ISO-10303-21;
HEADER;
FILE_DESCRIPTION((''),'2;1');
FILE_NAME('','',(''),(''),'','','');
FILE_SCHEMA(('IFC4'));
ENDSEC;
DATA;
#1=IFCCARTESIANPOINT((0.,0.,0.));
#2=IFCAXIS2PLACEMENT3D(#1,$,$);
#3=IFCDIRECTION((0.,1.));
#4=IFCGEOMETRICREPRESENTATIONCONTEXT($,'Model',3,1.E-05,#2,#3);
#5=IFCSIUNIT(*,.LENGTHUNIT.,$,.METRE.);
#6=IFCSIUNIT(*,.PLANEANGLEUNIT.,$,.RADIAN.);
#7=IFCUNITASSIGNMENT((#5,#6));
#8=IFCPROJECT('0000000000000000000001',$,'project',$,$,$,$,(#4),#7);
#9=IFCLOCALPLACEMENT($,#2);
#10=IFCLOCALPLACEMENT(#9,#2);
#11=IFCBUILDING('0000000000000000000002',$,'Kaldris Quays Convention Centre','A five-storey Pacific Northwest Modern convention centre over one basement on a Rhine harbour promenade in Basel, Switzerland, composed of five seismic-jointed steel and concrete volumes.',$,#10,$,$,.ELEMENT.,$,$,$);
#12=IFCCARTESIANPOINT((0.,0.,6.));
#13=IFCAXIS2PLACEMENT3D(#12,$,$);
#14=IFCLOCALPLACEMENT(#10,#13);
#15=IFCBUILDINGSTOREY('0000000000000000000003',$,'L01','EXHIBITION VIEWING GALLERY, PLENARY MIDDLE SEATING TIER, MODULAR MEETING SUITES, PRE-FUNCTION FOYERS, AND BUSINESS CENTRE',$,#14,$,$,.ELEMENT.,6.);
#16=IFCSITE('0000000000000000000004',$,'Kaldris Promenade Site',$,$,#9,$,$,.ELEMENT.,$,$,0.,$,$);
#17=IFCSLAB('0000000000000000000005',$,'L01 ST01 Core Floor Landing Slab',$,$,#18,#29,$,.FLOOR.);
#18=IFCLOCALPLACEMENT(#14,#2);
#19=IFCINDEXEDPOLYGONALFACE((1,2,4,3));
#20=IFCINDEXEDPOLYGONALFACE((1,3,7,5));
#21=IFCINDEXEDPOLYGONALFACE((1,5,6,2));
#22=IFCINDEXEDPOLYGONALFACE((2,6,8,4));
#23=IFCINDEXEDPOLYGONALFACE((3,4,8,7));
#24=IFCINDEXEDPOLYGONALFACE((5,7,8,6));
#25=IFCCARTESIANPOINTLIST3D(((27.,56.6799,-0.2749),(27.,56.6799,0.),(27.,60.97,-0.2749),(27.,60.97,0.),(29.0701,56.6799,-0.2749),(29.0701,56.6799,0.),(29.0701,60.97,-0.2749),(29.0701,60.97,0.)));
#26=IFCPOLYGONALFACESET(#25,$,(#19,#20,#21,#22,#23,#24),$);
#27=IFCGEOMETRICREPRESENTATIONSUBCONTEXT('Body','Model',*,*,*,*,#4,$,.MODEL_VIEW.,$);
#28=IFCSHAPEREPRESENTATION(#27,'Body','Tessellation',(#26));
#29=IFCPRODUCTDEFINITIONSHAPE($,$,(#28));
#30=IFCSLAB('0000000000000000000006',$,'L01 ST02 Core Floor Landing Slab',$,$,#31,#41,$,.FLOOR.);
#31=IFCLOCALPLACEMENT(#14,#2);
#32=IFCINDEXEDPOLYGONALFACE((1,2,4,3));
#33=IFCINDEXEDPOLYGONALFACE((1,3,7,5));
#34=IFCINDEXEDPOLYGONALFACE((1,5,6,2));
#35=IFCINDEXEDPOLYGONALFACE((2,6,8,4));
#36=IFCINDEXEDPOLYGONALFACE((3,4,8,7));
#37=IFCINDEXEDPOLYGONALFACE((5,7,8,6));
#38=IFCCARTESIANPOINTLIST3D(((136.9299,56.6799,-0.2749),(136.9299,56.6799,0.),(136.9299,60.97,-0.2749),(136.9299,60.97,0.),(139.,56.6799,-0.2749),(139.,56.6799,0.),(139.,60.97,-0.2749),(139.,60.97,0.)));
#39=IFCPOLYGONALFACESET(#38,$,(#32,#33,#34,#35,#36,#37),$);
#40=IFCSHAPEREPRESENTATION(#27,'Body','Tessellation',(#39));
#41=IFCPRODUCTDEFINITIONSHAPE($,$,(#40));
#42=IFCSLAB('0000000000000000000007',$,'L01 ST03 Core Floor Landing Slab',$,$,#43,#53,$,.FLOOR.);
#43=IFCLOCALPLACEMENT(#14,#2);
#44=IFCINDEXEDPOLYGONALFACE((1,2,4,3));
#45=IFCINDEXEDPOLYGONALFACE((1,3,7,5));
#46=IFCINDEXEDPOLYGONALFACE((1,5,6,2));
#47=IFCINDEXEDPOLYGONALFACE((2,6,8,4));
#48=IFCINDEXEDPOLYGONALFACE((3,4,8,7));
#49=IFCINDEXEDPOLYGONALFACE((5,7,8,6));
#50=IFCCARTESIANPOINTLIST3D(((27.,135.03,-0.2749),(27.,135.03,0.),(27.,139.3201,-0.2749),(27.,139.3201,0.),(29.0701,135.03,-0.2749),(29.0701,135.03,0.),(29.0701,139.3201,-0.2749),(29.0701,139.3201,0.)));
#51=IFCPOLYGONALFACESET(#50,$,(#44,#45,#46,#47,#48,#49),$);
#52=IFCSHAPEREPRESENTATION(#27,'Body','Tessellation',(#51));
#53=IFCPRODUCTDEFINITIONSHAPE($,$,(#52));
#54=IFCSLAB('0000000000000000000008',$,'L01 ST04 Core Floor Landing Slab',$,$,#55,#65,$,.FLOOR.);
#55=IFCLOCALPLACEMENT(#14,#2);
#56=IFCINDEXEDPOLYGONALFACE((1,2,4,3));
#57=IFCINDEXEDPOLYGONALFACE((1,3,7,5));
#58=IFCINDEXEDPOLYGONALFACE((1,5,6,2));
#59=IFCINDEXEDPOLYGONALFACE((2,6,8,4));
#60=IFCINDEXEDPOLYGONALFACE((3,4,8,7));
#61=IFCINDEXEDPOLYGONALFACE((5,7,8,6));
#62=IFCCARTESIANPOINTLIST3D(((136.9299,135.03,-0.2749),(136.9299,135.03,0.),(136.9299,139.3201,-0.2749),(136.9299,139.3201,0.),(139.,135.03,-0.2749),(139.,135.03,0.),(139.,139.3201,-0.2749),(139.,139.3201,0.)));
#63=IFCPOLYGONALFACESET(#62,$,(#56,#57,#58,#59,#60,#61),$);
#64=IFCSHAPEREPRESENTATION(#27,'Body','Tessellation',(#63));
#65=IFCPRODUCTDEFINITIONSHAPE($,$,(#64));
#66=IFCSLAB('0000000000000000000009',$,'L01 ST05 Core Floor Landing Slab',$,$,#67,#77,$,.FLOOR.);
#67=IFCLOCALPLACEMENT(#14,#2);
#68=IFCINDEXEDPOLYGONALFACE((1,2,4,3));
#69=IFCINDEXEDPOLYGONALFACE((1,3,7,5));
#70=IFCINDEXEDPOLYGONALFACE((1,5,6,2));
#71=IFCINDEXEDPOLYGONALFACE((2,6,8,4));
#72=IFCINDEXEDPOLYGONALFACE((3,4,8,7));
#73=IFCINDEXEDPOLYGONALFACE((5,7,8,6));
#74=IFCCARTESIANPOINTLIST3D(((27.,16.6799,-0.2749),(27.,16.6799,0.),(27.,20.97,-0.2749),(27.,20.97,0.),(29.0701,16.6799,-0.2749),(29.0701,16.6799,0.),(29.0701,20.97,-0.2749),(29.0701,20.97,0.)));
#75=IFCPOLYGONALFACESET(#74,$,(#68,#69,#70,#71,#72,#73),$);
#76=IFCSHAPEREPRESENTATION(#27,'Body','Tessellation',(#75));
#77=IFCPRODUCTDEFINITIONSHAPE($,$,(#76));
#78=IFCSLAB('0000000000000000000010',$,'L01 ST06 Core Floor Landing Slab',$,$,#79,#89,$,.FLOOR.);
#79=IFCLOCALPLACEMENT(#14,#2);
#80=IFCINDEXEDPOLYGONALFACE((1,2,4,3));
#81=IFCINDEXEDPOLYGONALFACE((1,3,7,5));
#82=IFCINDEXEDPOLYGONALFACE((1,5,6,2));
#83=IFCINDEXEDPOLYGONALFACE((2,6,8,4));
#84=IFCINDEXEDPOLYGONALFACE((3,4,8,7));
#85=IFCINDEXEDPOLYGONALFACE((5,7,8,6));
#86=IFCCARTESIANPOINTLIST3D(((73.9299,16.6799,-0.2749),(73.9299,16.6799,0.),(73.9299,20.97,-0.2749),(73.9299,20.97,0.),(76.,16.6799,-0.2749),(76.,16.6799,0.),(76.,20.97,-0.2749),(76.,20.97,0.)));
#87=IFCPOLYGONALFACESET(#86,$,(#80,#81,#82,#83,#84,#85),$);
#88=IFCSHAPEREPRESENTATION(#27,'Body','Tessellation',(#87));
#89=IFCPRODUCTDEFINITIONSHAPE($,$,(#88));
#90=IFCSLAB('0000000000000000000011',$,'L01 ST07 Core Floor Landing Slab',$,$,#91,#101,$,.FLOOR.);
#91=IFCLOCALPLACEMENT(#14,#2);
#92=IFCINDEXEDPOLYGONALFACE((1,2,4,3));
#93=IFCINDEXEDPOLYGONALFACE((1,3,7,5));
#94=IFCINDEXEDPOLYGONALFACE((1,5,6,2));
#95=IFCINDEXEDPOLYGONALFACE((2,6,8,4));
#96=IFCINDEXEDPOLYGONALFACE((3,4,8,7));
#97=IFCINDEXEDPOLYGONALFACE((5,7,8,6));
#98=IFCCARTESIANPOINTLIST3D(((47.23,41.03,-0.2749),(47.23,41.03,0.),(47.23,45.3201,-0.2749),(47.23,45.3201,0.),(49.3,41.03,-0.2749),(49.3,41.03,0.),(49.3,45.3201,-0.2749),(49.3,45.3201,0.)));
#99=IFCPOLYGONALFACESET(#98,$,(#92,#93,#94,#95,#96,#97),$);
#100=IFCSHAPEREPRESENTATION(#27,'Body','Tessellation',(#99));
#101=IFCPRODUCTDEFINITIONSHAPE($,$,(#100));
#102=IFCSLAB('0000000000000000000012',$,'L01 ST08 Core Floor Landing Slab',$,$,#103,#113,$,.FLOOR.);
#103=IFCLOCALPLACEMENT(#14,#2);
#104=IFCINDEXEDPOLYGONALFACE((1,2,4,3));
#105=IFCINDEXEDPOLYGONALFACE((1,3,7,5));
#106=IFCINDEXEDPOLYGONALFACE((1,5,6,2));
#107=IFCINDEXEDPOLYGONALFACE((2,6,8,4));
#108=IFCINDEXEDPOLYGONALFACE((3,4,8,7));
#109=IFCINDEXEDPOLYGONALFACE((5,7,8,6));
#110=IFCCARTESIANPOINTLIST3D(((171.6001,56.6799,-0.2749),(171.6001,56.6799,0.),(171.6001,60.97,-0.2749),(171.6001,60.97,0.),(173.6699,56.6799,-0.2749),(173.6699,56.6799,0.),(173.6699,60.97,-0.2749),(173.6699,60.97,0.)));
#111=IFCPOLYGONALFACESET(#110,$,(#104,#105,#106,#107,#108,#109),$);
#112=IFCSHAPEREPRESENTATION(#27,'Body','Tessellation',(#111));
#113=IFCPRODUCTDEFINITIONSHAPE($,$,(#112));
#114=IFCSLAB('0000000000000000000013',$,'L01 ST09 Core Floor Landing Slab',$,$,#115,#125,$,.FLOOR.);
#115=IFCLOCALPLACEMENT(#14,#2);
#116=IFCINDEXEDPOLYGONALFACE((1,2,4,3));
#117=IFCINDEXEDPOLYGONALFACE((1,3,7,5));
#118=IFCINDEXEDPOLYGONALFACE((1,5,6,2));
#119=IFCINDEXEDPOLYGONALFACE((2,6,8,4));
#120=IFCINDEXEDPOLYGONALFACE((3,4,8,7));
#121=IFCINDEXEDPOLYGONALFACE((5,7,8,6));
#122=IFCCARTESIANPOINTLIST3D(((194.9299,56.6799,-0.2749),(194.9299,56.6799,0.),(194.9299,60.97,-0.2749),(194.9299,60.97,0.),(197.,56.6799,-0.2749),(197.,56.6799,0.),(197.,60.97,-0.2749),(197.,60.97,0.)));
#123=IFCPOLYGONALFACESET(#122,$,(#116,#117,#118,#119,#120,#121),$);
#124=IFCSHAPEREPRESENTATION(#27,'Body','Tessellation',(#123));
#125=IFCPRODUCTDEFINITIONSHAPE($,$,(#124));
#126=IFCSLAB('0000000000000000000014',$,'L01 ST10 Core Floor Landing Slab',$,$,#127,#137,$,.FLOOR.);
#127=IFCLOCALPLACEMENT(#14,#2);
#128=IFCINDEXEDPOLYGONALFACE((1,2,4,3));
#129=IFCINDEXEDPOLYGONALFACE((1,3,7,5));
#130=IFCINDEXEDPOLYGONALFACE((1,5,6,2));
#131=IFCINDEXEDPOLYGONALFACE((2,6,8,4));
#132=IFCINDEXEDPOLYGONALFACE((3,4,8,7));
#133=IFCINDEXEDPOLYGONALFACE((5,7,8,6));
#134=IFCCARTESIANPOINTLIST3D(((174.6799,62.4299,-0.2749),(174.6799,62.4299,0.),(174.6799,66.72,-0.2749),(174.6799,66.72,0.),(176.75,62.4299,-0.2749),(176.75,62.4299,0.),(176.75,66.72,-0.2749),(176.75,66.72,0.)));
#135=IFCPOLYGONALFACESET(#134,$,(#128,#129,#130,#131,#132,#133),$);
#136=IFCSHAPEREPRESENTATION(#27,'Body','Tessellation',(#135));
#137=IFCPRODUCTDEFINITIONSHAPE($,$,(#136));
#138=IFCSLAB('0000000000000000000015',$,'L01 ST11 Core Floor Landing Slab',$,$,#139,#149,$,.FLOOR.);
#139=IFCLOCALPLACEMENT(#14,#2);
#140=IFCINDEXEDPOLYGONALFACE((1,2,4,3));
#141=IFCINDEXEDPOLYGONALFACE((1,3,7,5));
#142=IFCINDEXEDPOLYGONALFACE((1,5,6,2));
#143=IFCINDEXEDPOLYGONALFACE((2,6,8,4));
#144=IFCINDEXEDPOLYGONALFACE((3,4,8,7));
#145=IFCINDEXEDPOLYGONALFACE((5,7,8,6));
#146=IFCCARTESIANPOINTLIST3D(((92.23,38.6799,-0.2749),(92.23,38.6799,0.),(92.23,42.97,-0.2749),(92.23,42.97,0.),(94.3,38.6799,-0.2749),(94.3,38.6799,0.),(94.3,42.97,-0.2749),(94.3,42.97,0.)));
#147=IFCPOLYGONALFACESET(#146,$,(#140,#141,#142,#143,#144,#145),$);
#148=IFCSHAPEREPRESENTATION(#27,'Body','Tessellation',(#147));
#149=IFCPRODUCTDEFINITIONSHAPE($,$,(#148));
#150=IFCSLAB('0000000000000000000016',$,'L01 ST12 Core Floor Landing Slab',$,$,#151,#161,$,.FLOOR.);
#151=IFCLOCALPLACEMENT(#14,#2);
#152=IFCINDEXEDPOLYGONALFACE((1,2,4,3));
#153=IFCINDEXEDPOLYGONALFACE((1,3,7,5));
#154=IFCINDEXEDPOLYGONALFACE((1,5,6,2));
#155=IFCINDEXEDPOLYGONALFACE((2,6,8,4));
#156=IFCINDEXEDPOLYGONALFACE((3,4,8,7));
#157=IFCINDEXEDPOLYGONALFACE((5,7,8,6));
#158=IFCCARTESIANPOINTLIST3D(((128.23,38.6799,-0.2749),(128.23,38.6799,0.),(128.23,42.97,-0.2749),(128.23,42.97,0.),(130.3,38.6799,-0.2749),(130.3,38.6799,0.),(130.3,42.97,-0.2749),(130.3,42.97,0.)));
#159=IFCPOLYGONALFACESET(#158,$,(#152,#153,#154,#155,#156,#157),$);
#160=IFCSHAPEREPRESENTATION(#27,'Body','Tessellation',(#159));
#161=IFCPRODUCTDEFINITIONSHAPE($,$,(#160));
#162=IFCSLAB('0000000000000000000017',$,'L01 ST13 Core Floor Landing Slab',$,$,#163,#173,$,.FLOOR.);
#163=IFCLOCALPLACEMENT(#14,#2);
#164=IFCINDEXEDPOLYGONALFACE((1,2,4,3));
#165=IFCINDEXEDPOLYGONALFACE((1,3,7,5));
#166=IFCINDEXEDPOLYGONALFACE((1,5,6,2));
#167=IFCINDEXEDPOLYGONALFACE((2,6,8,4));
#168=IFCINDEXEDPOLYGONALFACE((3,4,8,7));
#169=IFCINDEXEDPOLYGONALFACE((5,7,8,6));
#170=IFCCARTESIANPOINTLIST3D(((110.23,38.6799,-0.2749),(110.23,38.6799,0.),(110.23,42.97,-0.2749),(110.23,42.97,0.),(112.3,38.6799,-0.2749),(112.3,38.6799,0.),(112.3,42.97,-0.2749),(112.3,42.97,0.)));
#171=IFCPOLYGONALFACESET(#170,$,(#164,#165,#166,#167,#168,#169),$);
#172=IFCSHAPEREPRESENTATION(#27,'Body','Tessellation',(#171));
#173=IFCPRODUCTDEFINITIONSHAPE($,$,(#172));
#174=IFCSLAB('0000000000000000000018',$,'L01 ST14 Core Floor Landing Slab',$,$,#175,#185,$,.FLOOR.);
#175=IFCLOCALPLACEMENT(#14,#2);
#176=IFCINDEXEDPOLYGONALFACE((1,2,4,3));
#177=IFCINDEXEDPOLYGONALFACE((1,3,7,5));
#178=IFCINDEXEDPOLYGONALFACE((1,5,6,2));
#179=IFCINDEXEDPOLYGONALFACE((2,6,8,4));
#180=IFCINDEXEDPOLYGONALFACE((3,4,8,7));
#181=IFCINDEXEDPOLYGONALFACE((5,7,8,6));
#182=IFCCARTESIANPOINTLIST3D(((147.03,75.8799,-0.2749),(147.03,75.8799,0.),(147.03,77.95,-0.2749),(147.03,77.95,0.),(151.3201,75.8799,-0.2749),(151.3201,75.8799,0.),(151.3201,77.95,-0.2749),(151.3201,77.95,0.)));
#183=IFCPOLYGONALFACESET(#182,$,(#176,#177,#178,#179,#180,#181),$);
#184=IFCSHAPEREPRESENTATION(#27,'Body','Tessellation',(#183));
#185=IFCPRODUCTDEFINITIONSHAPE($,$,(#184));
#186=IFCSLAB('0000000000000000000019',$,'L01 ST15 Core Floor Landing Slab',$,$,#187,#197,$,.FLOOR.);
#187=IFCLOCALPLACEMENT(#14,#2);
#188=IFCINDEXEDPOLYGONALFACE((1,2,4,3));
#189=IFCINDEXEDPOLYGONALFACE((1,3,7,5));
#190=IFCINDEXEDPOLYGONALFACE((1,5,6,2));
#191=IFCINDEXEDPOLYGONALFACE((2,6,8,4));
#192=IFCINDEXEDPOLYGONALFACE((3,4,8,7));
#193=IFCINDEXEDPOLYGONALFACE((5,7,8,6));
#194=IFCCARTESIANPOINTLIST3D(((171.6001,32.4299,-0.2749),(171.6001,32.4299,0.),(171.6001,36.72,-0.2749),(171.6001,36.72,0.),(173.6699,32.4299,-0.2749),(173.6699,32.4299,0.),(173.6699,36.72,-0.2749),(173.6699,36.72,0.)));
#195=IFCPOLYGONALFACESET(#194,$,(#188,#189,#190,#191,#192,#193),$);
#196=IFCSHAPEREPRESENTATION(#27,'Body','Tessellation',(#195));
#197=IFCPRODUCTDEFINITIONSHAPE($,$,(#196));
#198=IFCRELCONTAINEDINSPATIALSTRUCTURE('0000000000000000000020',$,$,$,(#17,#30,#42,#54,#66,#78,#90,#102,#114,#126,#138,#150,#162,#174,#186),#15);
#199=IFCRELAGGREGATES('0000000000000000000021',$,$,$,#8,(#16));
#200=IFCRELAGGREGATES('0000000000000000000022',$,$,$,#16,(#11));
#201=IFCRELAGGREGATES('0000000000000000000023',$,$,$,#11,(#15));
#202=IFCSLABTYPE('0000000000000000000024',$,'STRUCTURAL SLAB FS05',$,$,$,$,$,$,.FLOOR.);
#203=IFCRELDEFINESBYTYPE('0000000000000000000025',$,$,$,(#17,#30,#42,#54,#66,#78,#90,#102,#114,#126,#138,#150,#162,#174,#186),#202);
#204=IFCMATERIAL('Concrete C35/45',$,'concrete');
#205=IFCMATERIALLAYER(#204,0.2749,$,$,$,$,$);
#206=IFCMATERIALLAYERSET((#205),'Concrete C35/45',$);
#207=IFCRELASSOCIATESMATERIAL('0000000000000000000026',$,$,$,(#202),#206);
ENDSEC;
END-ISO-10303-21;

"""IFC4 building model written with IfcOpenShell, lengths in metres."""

from ifc_helpers import new_model, si_unit, direction, frame, origin, place, context, subcontext, project, spatial, polyline, outline, extrude, material, layer, layer_set, type_object, element, save


model = new_model("IFC4")

# Units and contexts
model_context = context("Model", 3, precision=1e-05, world=origin(), true_north=direction((0.0, 1.0)))
body_context = subcontext(model_context, "Body", "Model", "MODEL_VIEW")
ifc_project = project(units=[si_unit("LENGTHUNIT", "METRE"), si_unit("PLANEANGLEUNIT", "RADIAN")], contexts=[model_context])

# Site, building, storey
site_placement = place(None, origin())
site = spatial("IfcSite", under=ifc_project, at=site_placement, Name="Kaldris Promenade Site", CompositionType="ELEMENT", RefElevation=0.0)
building_placement = place(site_placement, origin())
building = spatial("IfcBuilding", under=site, at=building_placement, Name="Kaldris Quays Convention Centre", Description="A five-storey Pacific Northwest Modern convention centre over one basement on a Rhine harbour promenade in Basel, Switzerland, composed of five seismic-jointed steel and concrete volumes.", CompositionType="ELEMENT")
storey_placement = place(building_placement, frame((0.0, 0.0, 6.0)))
storey = spatial("IfcBuildingStorey", under=building, at=storey_placement, Name="L01", Description="EXHIBITION VIEWING GALLERY, PLENARY MIDDLE SEATING TIER, MODULAR MEETING SUITES, PRE-FUNCTION FOYERS, AND BUSINESS CENTRE", CompositionType="ELEMENT", Elevation=6.0)

# Slabs
ifc_material = material(Name="Concrete C35/45", Category="concrete")
ifc_layer_1 = layer(ifc_material, 0.2749)
ifc_layer_set_1 = layer_set([ifc_layer_1], Name="Concrete C35/45")
slab_type_1 = type_object("IfcSlabType", Name="STRUCTURAL SLAB FS05", PredefinedType="FLOOR", material=ifc_layer_set_1)
slab_1_placement = place(storey_placement, frame((0.0, 0.0, -0.2749)))
element("IfcSlab", 1, at=slab_1_placement, inside=storey, type_object=slab_type_1, Name="L01 ST01 Core Floor Landing Slab", PredefinedType="FLOOR", context=body_context, shape_type="SweptSolid", body=[
    extrude(outline(polyline([(29.0701, 60.97), (27.0, 60.97), (27.0, 56.6799), (29.0701, 56.6799), (29.0701, 60.97)])), origin(), (0.0, 0.0, 1.0), 0.2749),
])
slab_2_placement = place(storey_placement, frame((0.0, 0.0, -0.2749)))
element("IfcSlab", 2, at=slab_2_placement, inside=storey, type_object=slab_type_1, Name="L01 ST02 Core Floor Landing Slab", PredefinedType="FLOOR", context=body_context, shape_type="SweptSolid", body=[
    extrude(outline(polyline([(136.9299, 56.6799), (139.0, 56.6799), (139.0, 60.97), (136.9299, 60.97), (136.9299, 56.6799)])), origin(), (0.0, 0.0, 1.0), 0.2749),
])
slab_3_placement = place(storey_placement, frame((0.0, 0.0, -0.2749)))
element("IfcSlab", 3, at=slab_3_placement, inside=storey, type_object=slab_type_1, Name="L01 ST03 Core Floor Landing Slab", PredefinedType="FLOOR", context=body_context, shape_type="SweptSolid", body=[
    extrude(outline(polyline([(29.0701, 139.3201), (27.0, 139.3201), (27.0, 135.03), (29.0701, 135.03), (29.0701, 139.3201)])), origin(), (0.0, 0.0, 1.0), 0.2749),
])
slab_4_placement = place(storey_placement, frame((0.0, 0.0, -0.2749)))
element("IfcSlab", 4, at=slab_4_placement, inside=storey, type_object=slab_type_1, Name="L01 ST04 Core Floor Landing Slab", PredefinedType="FLOOR", context=body_context, shape_type="SweptSolid", body=[
    extrude(outline(polyline([(136.9299, 135.03), (139.0, 135.03), (139.0, 139.3201), (136.9299, 139.3201), (136.9299, 135.03)])), origin(), (0.0, 0.0, 1.0), 0.2749),
])
slab_5_placement = place(storey_placement, frame((0.0, 0.0, -0.2749)))
element("IfcSlab", 5, at=slab_5_placement, inside=storey, type_object=slab_type_1, Name="L01 ST05 Core Floor Landing Slab", PredefinedType="FLOOR", context=body_context, shape_type="SweptSolid", body=[
    extrude(outline(polyline([(29.0701, 20.97), (27.0, 20.97), (27.0, 16.6799), (29.0701, 16.6799), (29.0701, 20.97)])), origin(), (0.0, 0.0, 1.0), 0.2749),
])
slab_6_placement = place(storey_placement, frame((0.0, 0.0, -0.2749)))
element("IfcSlab", 6, at=slab_6_placement, inside=storey, type_object=slab_type_1, Name="L01 ST06 Core Floor Landing Slab", PredefinedType="FLOOR", context=body_context, shape_type="SweptSolid", body=[
    extrude(outline(polyline([(73.9299, 16.6799), (76.0, 16.6799), (76.0, 20.97), (73.9299, 20.97), (73.9299, 16.6799)])), origin(), (0.0, 0.0, 1.0), 0.2749),
])
slab_7_placement = place(storey_placement, frame((0.0, 0.0, -0.2749)))
element("IfcSlab", 7, at=slab_7_placement, inside=storey, type_object=slab_type_1, Name="L01 ST07 Core Floor Landing Slab", PredefinedType="FLOOR", context=body_context, shape_type="SweptSolid", body=[
    extrude(outline(polyline([(47.23, 41.03), (49.3, 41.03), (49.3, 45.3201), (47.23, 45.3201), (47.23, 41.03)])), origin(), (0.0, 0.0, 1.0), 0.2749),
])
slab_8_placement = place(storey_placement, frame((0.0, 0.0, -0.2749)))
element("IfcSlab", 8, at=slab_8_placement, inside=storey, type_object=slab_type_1, Name="L01 ST08 Core Floor Landing Slab", PredefinedType="FLOOR", context=body_context, shape_type="SweptSolid", body=[
    extrude(outline(polyline([(173.6699, 60.97), (171.6001, 60.97), (171.6001, 56.6799), (173.6699, 56.6799), (173.6699, 60.97)])), origin(), (0.0, 0.0, 1.0), 0.2749),
])
slab_9_placement = place(storey_placement, frame((0.0, 0.0, -0.2749)))
element("IfcSlab", 9, at=slab_9_placement, inside=storey, type_object=slab_type_1, Name="L01 ST09 Core Floor Landing Slab", PredefinedType="FLOOR", context=body_context, shape_type="SweptSolid", body=[
    extrude(outline(polyline([(194.9299, 56.6799), (197.0, 56.6799), (197.0, 60.97), (194.9299, 60.97), (194.9299, 56.6799)])), origin(), (0.0, 0.0, 1.0), 0.2749),
])
slab_10_placement = place(storey_placement, frame((0.0, 0.0, -0.2749)))
element("IfcSlab", 10, at=slab_10_placement, inside=storey, type_object=slab_type_1, Name="L01 ST10 Core Floor Landing Slab", PredefinedType="FLOOR", context=body_context, shape_type="SweptSolid", body=[
    extrude(outline(polyline([(174.6799, 62.4299), (176.75, 62.4299), (176.75, 66.72), (174.6799, 66.72), (174.6799, 62.4299)])), origin(), (0.0, 0.0, 1.0), 0.2749),
])
slab_11_placement = place(storey_placement, frame((0.0, 0.0, -0.2749)))
element("IfcSlab", 11, at=slab_11_placement, inside=storey, type_object=slab_type_1, Name="L01 ST11 Core Floor Landing Slab", PredefinedType="FLOOR", context=body_context, shape_type="SweptSolid", body=[
    extrude(outline(polyline([(92.23, 38.6799), (94.3, 38.6799), (94.3, 42.97), (92.23, 42.97), (92.23, 38.6799)])), origin(), (0.0, 0.0, 1.0), 0.2749),
])
slab_12_placement = place(storey_placement, frame((0.0, 0.0, -0.2749)))
element("IfcSlab", 12, at=slab_12_placement, inside=storey, type_object=slab_type_1, Name="L01 ST12 Core Floor Landing Slab", PredefinedType="FLOOR", context=body_context, shape_type="SweptSolid", body=[
    extrude(outline(polyline([(128.23, 38.6799), (130.3, 38.6799), (130.3, 42.97), (128.23, 42.97), (128.23, 38.6799)])), origin(), (0.0, 0.0, 1.0), 0.2749),
])
slab_13_placement = place(storey_placement, frame((0.0, 0.0, -0.2749)))
element("IfcSlab", 13, at=slab_13_placement, inside=storey, type_object=slab_type_1, Name="L01 ST13 Core Floor Landing Slab", PredefinedType="FLOOR", context=body_context, shape_type="SweptSolid", body=[
    extrude(outline(polyline([(110.23, 38.6799), (112.3, 38.6799), (112.3, 42.97), (110.23, 42.97), (110.23, 38.6799)])), origin(), (0.0, 0.0, 1.0), 0.2749),
])
slab_14_placement = place(storey_placement, frame((0.0, 0.0, -0.2749)))
element("IfcSlab", 14, at=slab_14_placement, inside=storey, type_object=slab_type_1, Name="L01 ST14 Core Floor Landing Slab", PredefinedType="FLOOR", context=body_context, shape_type="SweptSolid", body=[
    extrude(outline(polyline([(151.3201, 75.8799), (151.3201, 77.95), (147.03, 77.95), (147.03, 75.8799), (151.3201, 75.8799)])), origin(), (0.0, 0.0, 1.0), 0.2749),
])
slab_15_placement = place(storey_placement, frame((0.0, 0.0, -0.2749)))
element("IfcSlab", 15, at=slab_15_placement, inside=storey, type_object=slab_type_1, Name="L01 ST15 Core Floor Landing Slab", PredefinedType="FLOOR", context=body_context, shape_type="SweptSolid", body=[
    extrude(outline(polyline([(173.6699, 36.72), (171.6001, 36.72), (171.6001, 32.4299), (173.6699, 32.4299), (173.6699, 36.72)])), origin(), (0.0, 0.0, 1.0), 0.2749),
])

save(model, "model.ifc")
